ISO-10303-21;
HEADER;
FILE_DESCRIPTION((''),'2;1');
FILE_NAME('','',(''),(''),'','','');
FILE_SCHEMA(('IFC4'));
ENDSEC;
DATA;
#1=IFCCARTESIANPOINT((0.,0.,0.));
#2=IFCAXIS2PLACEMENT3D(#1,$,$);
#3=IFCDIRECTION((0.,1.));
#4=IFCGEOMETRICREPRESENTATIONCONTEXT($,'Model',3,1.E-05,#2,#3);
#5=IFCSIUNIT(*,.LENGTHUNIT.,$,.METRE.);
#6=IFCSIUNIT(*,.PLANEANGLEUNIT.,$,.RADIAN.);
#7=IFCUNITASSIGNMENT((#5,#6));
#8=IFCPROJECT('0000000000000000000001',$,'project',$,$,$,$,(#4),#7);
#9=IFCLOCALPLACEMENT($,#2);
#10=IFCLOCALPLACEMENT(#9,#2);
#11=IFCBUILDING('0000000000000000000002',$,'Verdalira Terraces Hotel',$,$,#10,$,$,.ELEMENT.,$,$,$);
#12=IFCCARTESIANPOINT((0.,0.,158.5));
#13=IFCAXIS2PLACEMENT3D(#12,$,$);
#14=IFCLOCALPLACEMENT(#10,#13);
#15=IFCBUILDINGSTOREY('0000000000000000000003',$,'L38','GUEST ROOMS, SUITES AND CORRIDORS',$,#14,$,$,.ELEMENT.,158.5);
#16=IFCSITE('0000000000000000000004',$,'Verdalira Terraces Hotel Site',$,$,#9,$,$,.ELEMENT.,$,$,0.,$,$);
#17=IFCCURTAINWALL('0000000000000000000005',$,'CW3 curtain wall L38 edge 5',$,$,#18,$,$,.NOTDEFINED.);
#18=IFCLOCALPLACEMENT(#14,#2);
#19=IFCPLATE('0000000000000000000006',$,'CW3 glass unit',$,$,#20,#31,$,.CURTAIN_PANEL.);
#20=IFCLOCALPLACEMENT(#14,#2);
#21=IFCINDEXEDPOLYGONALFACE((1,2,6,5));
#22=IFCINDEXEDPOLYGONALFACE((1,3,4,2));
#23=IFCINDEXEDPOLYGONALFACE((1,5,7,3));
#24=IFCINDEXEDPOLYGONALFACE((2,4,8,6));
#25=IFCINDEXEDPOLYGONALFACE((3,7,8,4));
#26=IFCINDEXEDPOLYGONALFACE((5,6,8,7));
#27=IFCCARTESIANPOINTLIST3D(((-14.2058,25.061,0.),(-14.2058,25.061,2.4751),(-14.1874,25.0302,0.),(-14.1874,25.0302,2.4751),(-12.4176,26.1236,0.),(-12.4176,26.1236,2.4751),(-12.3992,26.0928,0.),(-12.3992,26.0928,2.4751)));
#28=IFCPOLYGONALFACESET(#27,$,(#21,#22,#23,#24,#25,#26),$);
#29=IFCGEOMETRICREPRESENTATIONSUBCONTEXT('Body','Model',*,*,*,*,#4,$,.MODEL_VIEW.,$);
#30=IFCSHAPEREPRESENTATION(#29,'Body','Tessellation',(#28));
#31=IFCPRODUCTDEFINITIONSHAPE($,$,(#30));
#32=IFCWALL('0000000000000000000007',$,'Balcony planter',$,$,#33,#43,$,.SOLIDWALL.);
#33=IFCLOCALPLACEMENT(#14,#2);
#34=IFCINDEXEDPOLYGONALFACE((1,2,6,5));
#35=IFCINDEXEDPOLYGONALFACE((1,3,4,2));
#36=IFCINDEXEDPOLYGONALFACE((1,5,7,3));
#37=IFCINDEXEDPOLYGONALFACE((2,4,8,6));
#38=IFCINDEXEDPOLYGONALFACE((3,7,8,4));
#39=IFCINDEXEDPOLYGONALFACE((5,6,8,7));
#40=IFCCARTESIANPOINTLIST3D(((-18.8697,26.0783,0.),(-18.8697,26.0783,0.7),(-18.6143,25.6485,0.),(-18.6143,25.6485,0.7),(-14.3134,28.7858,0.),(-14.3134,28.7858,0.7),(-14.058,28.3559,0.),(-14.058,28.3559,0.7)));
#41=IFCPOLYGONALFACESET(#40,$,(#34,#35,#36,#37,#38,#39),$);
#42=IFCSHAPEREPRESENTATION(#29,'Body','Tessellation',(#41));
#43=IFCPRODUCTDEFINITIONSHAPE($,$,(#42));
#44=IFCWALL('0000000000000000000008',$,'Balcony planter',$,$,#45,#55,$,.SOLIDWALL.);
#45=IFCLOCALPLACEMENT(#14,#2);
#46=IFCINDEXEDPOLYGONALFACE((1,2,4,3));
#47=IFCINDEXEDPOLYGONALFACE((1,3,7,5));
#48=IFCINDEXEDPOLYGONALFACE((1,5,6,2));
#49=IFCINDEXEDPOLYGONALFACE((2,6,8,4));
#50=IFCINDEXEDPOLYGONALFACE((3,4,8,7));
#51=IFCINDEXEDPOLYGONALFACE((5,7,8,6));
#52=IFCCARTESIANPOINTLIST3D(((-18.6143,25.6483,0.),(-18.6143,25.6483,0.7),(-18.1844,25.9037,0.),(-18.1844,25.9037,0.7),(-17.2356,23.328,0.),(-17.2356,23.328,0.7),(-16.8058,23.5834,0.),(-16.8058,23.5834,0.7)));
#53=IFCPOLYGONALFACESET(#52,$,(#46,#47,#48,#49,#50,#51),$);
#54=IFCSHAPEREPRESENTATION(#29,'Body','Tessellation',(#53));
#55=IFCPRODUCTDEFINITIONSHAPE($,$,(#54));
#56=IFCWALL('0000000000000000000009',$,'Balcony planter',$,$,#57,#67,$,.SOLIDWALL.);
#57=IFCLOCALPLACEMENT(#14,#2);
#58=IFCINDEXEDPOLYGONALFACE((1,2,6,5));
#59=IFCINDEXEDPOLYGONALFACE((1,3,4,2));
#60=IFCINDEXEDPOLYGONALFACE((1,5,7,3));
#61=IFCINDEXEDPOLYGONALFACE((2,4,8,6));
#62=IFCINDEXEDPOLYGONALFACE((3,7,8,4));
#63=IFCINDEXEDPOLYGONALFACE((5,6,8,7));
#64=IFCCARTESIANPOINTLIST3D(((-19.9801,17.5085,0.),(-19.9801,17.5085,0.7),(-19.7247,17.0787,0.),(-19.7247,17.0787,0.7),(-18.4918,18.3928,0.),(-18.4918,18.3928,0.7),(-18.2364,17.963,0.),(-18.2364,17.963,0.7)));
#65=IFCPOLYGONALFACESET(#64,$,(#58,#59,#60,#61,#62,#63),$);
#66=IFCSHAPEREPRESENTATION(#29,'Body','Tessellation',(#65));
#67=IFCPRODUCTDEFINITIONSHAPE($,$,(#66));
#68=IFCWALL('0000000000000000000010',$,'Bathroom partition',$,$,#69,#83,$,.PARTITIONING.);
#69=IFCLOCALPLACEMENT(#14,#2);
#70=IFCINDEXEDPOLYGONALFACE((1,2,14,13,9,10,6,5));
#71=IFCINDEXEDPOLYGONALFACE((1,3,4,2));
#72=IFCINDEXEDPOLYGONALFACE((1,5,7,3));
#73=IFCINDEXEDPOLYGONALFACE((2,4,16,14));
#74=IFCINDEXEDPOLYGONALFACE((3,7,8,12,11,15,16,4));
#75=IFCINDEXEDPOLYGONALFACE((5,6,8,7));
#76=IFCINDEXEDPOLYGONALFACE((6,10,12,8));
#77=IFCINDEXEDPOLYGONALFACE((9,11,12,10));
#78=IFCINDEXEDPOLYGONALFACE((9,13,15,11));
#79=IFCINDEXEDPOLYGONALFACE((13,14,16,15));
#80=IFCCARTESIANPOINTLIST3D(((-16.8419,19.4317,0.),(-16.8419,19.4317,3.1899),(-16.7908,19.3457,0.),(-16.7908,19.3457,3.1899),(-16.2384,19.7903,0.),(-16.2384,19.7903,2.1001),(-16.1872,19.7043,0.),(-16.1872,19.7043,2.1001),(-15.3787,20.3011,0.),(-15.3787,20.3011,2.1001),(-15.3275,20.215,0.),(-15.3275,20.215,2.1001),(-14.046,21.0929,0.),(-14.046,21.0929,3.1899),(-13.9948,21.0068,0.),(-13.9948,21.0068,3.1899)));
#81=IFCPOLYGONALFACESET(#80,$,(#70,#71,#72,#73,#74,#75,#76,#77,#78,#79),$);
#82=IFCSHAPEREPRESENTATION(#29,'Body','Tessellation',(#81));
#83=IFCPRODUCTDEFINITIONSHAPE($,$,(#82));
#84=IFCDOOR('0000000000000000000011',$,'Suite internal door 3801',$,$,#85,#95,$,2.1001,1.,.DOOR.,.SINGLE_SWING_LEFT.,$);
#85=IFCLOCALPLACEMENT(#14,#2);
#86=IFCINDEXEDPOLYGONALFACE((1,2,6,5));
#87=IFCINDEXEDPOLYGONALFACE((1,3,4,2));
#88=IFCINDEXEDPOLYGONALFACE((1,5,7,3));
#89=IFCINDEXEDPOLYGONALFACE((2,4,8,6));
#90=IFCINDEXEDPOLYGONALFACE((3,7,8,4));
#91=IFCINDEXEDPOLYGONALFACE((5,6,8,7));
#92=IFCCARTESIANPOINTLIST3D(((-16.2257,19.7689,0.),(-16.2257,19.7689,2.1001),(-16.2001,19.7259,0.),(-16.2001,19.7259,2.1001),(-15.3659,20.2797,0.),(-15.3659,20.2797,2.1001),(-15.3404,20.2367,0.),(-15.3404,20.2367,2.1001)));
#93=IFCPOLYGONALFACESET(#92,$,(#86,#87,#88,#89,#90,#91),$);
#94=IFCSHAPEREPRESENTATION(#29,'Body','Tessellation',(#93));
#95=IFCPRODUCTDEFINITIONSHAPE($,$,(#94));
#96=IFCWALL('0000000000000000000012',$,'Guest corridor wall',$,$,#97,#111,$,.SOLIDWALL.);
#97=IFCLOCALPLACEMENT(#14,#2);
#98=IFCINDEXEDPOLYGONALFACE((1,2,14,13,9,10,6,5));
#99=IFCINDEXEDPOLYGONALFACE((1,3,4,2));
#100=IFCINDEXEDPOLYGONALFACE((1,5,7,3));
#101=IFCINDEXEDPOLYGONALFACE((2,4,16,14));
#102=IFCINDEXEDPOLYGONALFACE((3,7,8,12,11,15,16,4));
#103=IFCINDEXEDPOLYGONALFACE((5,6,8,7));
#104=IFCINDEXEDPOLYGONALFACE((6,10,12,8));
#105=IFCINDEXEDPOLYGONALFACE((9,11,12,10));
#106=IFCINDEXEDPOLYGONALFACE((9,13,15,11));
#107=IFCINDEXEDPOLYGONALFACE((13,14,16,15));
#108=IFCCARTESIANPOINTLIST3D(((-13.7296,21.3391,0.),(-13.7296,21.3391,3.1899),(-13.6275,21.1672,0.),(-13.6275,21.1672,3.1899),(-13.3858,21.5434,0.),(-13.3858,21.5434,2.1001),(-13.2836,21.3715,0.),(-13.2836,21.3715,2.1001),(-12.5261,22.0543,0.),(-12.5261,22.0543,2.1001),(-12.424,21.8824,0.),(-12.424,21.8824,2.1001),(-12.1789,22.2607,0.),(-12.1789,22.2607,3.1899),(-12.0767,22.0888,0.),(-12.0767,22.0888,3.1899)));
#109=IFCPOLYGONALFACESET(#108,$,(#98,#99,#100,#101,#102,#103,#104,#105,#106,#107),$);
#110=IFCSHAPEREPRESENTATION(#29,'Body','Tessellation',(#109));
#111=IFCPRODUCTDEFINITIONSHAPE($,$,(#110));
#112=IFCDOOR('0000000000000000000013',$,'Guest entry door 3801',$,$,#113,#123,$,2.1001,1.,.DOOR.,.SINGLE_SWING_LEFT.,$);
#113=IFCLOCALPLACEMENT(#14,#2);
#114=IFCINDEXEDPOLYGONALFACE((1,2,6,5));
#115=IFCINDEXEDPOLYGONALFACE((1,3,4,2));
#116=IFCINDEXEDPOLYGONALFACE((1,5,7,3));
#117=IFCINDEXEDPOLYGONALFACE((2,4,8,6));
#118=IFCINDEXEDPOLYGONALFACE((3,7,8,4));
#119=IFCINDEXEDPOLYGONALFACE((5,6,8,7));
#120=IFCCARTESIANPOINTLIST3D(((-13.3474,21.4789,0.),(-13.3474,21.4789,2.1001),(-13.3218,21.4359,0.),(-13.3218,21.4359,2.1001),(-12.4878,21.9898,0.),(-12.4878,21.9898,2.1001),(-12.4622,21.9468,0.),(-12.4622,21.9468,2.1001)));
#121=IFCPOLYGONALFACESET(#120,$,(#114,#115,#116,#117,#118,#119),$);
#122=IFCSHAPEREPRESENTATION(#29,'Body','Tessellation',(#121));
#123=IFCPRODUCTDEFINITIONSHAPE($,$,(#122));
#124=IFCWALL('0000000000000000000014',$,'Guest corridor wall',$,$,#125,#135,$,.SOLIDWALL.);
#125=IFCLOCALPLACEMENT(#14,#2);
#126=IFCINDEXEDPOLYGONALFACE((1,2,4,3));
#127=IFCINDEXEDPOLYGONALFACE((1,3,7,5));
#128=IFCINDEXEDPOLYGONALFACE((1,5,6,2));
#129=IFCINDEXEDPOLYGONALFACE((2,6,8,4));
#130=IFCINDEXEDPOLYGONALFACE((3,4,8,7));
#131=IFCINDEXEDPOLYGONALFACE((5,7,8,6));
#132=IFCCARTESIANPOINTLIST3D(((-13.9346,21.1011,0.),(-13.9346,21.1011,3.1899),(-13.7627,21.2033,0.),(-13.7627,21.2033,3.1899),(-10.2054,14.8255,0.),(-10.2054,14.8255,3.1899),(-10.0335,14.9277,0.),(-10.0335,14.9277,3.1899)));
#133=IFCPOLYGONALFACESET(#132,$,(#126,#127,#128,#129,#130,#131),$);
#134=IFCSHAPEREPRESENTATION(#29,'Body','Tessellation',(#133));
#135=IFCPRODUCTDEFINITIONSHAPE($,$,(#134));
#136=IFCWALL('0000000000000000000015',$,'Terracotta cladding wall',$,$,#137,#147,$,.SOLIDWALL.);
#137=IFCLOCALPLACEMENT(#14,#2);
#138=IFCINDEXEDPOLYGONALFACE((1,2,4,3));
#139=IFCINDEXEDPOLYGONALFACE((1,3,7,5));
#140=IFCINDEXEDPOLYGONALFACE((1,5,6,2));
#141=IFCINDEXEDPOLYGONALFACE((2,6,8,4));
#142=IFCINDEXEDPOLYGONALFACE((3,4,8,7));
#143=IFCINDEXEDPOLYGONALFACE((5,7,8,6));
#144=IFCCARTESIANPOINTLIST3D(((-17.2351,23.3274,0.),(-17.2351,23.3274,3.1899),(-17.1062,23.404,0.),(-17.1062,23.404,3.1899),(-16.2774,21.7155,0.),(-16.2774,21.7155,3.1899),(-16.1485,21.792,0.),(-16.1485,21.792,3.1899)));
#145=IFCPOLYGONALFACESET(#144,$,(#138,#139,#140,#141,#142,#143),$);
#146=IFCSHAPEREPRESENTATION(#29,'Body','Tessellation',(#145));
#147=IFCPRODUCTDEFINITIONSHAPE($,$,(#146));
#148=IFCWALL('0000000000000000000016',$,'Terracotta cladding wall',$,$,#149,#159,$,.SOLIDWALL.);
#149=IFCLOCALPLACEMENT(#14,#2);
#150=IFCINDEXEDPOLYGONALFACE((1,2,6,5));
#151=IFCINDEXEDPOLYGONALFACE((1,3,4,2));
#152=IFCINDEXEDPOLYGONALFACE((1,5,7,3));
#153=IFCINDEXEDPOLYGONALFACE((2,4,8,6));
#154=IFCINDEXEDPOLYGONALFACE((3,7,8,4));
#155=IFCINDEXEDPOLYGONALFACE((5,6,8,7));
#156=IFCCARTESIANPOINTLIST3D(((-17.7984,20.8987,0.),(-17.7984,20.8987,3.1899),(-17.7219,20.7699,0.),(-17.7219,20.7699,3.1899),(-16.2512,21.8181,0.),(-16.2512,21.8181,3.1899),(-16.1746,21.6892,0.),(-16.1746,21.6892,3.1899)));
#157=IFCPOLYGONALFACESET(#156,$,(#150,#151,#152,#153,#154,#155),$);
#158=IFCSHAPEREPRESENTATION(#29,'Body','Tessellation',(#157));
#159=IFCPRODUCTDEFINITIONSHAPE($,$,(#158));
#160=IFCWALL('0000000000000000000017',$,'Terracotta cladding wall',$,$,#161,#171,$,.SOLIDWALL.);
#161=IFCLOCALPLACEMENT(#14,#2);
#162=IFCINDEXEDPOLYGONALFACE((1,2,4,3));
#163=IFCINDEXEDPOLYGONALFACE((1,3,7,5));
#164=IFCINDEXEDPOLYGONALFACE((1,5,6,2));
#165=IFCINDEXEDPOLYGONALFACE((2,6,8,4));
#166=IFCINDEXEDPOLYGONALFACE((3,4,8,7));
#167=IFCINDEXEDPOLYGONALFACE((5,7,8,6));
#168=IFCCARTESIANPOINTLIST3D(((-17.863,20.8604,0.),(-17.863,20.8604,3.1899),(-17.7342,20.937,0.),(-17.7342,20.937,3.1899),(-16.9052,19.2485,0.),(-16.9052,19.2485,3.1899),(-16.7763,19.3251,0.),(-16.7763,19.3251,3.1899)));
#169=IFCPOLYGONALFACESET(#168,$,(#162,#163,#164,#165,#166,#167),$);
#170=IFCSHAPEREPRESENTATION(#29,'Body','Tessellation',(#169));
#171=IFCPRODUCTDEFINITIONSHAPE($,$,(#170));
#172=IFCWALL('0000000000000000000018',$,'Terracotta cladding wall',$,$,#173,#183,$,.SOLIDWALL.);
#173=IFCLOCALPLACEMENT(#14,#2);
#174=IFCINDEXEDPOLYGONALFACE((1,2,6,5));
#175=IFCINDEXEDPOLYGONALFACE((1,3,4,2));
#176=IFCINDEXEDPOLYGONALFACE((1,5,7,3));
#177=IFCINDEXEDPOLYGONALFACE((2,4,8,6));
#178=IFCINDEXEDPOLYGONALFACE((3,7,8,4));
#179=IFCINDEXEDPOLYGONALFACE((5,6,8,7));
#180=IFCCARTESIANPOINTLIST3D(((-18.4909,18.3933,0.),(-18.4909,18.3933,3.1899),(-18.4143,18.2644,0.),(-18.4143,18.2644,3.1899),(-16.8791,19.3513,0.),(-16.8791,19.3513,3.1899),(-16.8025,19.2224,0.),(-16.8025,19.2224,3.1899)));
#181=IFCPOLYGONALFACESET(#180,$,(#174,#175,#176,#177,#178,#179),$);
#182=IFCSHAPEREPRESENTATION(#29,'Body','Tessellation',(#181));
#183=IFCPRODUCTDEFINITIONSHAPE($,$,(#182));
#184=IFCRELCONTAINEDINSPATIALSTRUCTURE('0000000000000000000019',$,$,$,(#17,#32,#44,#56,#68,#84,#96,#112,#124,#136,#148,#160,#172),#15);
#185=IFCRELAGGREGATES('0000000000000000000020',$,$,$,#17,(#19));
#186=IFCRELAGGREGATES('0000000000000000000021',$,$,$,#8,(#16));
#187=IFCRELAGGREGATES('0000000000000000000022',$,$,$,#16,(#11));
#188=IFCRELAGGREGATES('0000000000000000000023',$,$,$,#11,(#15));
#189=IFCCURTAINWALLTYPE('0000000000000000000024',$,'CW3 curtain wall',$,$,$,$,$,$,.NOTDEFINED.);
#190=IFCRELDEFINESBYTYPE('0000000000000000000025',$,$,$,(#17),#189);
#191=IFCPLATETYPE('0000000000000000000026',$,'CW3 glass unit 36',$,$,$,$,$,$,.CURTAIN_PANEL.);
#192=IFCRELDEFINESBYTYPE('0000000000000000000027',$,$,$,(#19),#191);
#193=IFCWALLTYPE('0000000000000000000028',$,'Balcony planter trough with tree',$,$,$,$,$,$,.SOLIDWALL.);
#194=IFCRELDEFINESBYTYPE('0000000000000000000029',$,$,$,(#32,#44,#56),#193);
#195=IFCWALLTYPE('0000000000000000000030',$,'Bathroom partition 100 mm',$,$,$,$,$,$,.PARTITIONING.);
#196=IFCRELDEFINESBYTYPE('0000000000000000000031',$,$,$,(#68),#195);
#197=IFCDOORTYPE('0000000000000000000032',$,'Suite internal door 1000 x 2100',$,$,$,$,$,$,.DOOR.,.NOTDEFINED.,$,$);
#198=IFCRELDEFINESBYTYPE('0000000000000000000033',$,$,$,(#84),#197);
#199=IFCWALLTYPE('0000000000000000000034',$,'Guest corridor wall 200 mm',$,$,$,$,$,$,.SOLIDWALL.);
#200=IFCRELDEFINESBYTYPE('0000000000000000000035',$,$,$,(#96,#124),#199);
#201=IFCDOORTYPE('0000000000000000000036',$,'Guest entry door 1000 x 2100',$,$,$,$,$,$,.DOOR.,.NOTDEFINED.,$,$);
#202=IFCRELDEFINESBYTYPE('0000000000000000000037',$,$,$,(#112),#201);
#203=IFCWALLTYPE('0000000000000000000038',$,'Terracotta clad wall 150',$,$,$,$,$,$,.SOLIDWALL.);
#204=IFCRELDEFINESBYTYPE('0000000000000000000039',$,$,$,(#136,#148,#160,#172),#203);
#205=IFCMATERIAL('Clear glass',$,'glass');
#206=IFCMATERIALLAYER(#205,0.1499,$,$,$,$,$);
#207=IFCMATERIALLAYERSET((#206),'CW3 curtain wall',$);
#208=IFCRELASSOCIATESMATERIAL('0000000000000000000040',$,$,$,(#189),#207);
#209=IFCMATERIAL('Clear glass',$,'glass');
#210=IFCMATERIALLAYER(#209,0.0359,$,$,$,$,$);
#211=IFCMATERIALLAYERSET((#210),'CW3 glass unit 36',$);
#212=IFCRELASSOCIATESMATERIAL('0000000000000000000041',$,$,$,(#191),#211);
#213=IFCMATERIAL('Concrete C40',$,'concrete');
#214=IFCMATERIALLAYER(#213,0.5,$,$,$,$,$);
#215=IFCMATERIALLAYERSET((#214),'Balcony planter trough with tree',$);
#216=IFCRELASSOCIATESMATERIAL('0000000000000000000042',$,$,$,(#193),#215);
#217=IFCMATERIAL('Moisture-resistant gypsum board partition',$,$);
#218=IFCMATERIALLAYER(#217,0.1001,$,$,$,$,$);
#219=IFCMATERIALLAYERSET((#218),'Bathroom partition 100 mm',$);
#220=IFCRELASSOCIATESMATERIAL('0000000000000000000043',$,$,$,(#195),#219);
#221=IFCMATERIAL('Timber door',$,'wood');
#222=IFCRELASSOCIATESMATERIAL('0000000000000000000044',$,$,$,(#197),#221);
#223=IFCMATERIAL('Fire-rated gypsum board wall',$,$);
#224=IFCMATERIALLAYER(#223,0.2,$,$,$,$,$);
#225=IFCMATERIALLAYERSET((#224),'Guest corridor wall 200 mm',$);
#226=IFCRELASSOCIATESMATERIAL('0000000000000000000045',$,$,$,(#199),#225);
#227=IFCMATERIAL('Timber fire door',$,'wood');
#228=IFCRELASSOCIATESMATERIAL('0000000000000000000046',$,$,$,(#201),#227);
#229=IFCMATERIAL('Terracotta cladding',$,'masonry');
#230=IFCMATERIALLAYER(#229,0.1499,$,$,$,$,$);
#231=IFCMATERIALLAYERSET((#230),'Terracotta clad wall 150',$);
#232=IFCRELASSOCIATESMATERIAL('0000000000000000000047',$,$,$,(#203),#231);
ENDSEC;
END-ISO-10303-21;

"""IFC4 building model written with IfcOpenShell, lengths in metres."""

from ifc_helpers import new_model, si_unit, direction, frame, frame_2d, origin, origin_2d, place, context, subcontext, project, spatial, rectangle, extrude, material, layer, layer_set, type_object, element, fill, aggregate, save


model = new_model("IFC4")

# Units and contexts
model_context = context("Model", 3, precision=1e-05, world=origin(), true_north=direction((0.0, 1.0)))
body_context = subcontext(model_context, "Body", "Model", "MODEL_VIEW")
ifc_project = project(units=[si_unit("LENGTHUNIT", "METRE"), si_unit("PLANEANGLEUNIT", "RADIAN")], contexts=[model_context])

# Site, building, storey
site_placement = place(None, origin())
site = spatial("IfcSite", under=ifc_project, at=site_placement, Name="Verdalira Terraces Hotel Site", CompositionType="ELEMENT", RefElevation=0.0)
building_placement = place(site_placement, origin())
building = spatial("IfcBuilding", under=site, at=building_placement, Name="Verdalira Terraces Hotel", CompositionType="ELEMENT")
storey_placement = place(building_placement, frame((0.0, 0.0, 158.5)))
storey = spatial("IfcBuildingStorey", under=building, at=storey_placement, Name="L38", Description="GUEST ROOMS, SUITES AND CORRIDORS", CompositionType="ELEMENT", Elevation=158.5)

# Curtain wall
ifc_material_1 = material(Name="Clear glass", Category="glass")
ifc_layer_1 = layer(ifc_material_1, 0.1499)
ifc_layer_set_1 = layer_set([ifc_layer_1], Name="CW3 curtain wall")
curtain_wall_type_1 = type_object("IfcCurtainWallType", Name="CW3 curtain wall", PredefinedType="NOTDEFINED", material=ifc_layer_set_1)
curtain_wall_1_placement = place(storey_placement, origin())
curtain_wall_1 = element("IfcCurtainWall", 1, at=curtain_wall_1_placement, inside=storey, type_object=curtain_wall_type_1, Name="CW3 curtain wall L38 edge 5", PredefinedType="NOTDEFINED")

# Plate
ifc_material_2 = material(Name="Clear glass", Category="glass")
ifc_layer_2 = layer(ifc_material_2, 0.0359)
ifc_layer_set_2 = layer_set([ifc_layer_2], Name="CW3 glass unit 36")
plate_type_1 = type_object("IfcPlateType", Name="CW3 glass unit 36", PredefinedType="CURTAIN_PANEL", material=ifc_layer_set_2)
plate_1_placement = place(storey_placement, frame((-13.3025, 25.5769, 0.0), z_axis=(0.0, 0.0, 1.0), x_axis=(-0.859674, -0.510843, 0.0)))
plate_1 = element("IfcPlate", 2, at=plate_1_placement, type_object=plate_type_1, Name="CW3 glass unit", PredefinedType="CURTAIN_PANEL", context=body_context, shape_type="SweptSolid", body=[
    extrude(rectangle(XDim=2.0801, YDim=0.0359, at=origin_2d()), origin(), (0.0, 0.0, 1.0), 2.4751),
])
aggregate(curtain_wall_1, [plate_1])

# Walls
ifc_material_3 = material(Name="Concrete C40", Category="concrete")
ifc_layer_3 = layer(ifc_material_3, 0.5)
ifc_layer_set_3 = layer_set([ifc_layer_3], Name="Balcony planter trough with tree")
wall_type_1 = type_object("IfcWallType", Name="Balcony planter trough with tree", PredefinedType="SOLIDWALL", material=ifc_layer_set_3)
wall_1_placement = place(storey_placement, frame((-14.1858, 28.5708, 0.0), z_axis=(0.0, 0.0, 1.0), x_axis=(-0.859676, -0.51084, 0.0)))
element("IfcWall", 3, at=wall_1_placement, inside=storey, type_object=wall_type_1, Name="Balcony planter", PredefinedType="SOLIDWALL", context=body_context, shape_type="SweptSolid", body=[
    extrude(rectangle(XDim=5.3, YDim=0.5, at=frame_2d((2.6499, 0.0))), origin(), (0.0, 0.0, 1.0), 0.7),
])
wall_2_placement = place(storey_placement, frame((-18.3994, 25.7761, 0.0), z_axis=(0.0, 0.0, 1.0), x_axis=(0.510806, -0.859696, 0.0)))
element("IfcWall", 4, at=wall_2_placement, inside=storey, type_object=wall_type_1, Name="Balcony planter", PredefinedType="SOLIDWALL", context=body_context, shape_type="SweptSolid", body=[
    extrude(rectangle(XDim=2.699, YDim=0.5, at=frame_2d((1.3496, 0.0))), origin(), (0.0, 0.0, 1.0), 0.7),
])
wall_3_placement = place(storey_placement, frame((-18.364, 18.178, 0.0), z_axis=(0.0, 0.0, 1.0), x_axis=(-0.8597, -0.510799, 0.0)))
element("IfcWall", 5, at=wall_3_placement, inside=storey, type_object=wall_type_1, Name="Balcony planter", PredefinedType="SOLIDWALL", context=body_context, shape_type="SweptSolid", body=[
    extrude(rectangle(XDim=1.7312, YDim=0.5, at=frame_2d((0.8657, 0.0))), origin(), (0.0, 0.0, 1.0), 0.7),
])

# Walls, openings, doors
ifc_material_4 = material(Name="Moisture-resistant gypsum board partition")
ifc_layer_4 = layer(ifc_material_4, 0.1001)
ifc_layer_set_4 = layer_set([ifc_layer_4], Name="Bathroom partition 100 mm")
wall_type_2 = type_object("IfcWallType", Name="Bathroom partition 100 mm", PredefinedType="PARTITIONING", material=ifc_layer_set_4)
wall_4_placement = place(storey_placement, frame((-14.0205, 21.0498, 0.0), z_axis=(0.0, 0.0, 1.0), x_axis=(-0.859711, -0.510782, 0.0)))
wall_4 = element("IfcWall", 6, at=wall_4_placement, inside=storey, type_object=wall_type_2, Name="Bathroom partition", PredefinedType="PARTITIONING", context=body_context, shape_type="SweptSolid", body=[
    extrude(rectangle(XDim=3.2522, YDim=0.1001, at=frame_2d((1.626, 0.0))), origin(), (0.0, 0.0, 1.0), 3.1899),
])
opening_1_placement = place(wall_4_placement, frame((1.55, 0.0, 0.0)))
opening_1 = element("IfcOpeningElement", 7, at=opening_1_placement, cuts=wall_4, PredefinedType="OPENING", context=body_context, shape_type="SweptSolid", body=[
    extrude(rectangle(XDim=1.0, YDim=2.1001, at=frame_2d((0.5, 1.05))), frame((0.0, 0.0601, 0.0), z_axis=(0.0, -1.0, 0.0), x_axis=(1.0, 0.0, 0.0)), (0.0, 0.0, 1.0), 0.1201),
])
ifc_material_5 = material(Name="Timber door", Category="wood")
door_type_1 = type_object("IfcDoorType", Name="Suite internal door 1000 x 2100", OperationType="NOTDEFINED", PredefinedType="DOOR", material=ifc_material_5)
door_1_placement = place(opening_1_placement, origin())
door_1 = element("IfcDoor", 8, at=door_1_placement, inside=storey, type_object=door_type_1, Name="Suite internal door 3801", OperationType="SINGLE_SWING_LEFT", OverallHeight=2.1001, OverallWidth=1.0, PredefinedType="DOOR", context=body_context, shape_type="SweptSolid", body=[
    extrude(rectangle(XDim=1.0, YDim=2.1001, at=frame_2d((0.5, 1.05))), frame((0.0, 0.0249, 0.0), z_axis=(0.0, -1.0, 0.0), x_axis=(1.0, 0.0, 0.0)), (0.0, 0.0, 1.0), 0.05),
])
fill(opening_1, door_1)
ifc_material_6 = material(Name="Fire-rated gypsum board wall")
ifc_layer_5 = layer(ifc_material_6, 0.2)
ifc_layer_set_5 = layer_set([ifc_layer_5], Name="Guest corridor wall 200 mm")
wall_type_3 = type_object("IfcWallType", Name="Guest corridor wall 200 mm", PredefinedType="SOLIDWALL", material=ifc_layer_set_5)
wall_5_placement = place(storey_placement, frame((-13.6785, 21.2532, 0.0), z_axis=(0.0, 0.0, 1.0), x_axis=(0.859647, 0.510889, 0.0)))
wall_5 = element("IfcWall", 9, at=wall_5_placement, inside=storey, type_object=wall_type_3, Name="Guest corridor wall", PredefinedType="SOLIDWALL", context=body_context, shape_type="SweptSolid", body=[
    extrude(rectangle(XDim=1.804, YDim=0.2, at=frame_2d((0.9019, 0.0))), origin(), (0.0, 0.0, 1.0), 3.1899),
])
opening_2_placement = place(wall_5_placement, frame((0.3999, 0.0, 0.0)))
opening_2 = element("IfcOpeningElement", 10, at=opening_2_placement, cuts=wall_5, PredefinedType="OPENING", context=body_context, shape_type="SweptSolid", body=[
    extrude(rectangle(XDim=1.0, YDim=2.1001, at=frame_2d((0.5, 1.05))), frame((0.0, 0.1099, 0.0), z_axis=(0.0, -1.0, 0.0), x_axis=(1.0, 0.0, 0.0)), (0.0, 0.0, 1.0), 0.22),
])
ifc_material_7 = material(Name="Timber fire door", Category="wood")
door_type_2 = type_object("IfcDoorType", Name="Guest entry door 1000 x 2100", OperationType="NOTDEFINED", PredefinedType="DOOR", material=ifc_material_7)
door_2_placement = place(opening_2_placement, origin())
door_2 = element("IfcDoor", 11, at=door_2_placement, inside=storey, type_object=door_type_2, Name="Guest entry door 3801", OperationType="SINGLE_SWING_LEFT", OverallHeight=2.1001, OverallWidth=1.0, PredefinedType="DOOR", context=body_context, shape_type="SweptSolid", body=[
    extrude(rectangle(XDim=1.0, YDim=2.1001, at=frame_2d((0.5, 1.05))), frame((0.0, 0.0249, 0.0), z_axis=(0.0, -1.0, 0.0), x_axis=(1.0, 0.0, 0.0)), (0.0, 0.0, 1.0), 0.05),
])
fill(opening_2, door_2)

# Walls
wall_6_placement = place(storey_placement, frame((-13.8486, 21.1521, 0.0), z_axis=(0.0, 0.0, 1.0), x_axis=(0.510852, -0.859669, 0.0)))
element("IfcWall", 12, at=wall_6_placement, inside=storey, type_object=wall_type_3, Name="Guest corridor wall", PredefinedType="SOLIDWALL", context=body_context, shape_type="SweptSolid", body=[
    extrude(rectangle(XDim=7.3, YDim=0.2, at=frame_2d((3.6499, 0.0))), origin(), (0.0, 0.0, 1.0), 3.1899),
])
ifc_material_8 = material(Name="Terracotta cladding", Category="masonry")
ifc_layer_6 = layer(ifc_material_8, 0.1499)
ifc_layer_set_6 = layer_set([ifc_layer_6], Name="Terracotta clad wall 150")
wall_type_4 = type_object("IfcWallType", Name="Terracotta clad wall 150", PredefinedType="SOLIDWALL", material=ifc_layer_set_6)
wall_7_placement = place(storey_placement, frame((-17.1707, 23.3657, 0.0), z_axis=(0.0, 0.0, 1.0), x_axis=(0.510776, -0.859714, 0.0)))
element("IfcWall", 13, at=wall_7_placement, inside=storey, type_object=wall_type_4, Name="Terracotta cladding wall", PredefinedType="SOLIDWALL", context=body_context, shape_type="SweptSolid", body=[
    extrude(rectangle(XDim=1.875, YDim=0.1499, at=frame_2d((0.9375, 0.0))), origin(), (0.0, 0.0, 1.0), 3.1899),
])
wall_8_placement = place(storey_placement, frame((-16.2129, 21.7537, 0.0), z_axis=(0.0, 0.0, 1.0), x_axis=(-0.859687, -0.510821, 0.0)))
element("IfcWall", 14, at=wall_8_placement, inside=storey, type_object=wall_type_4, Name="Terracotta cladding wall", PredefinedType="SOLIDWALL", context=body_context, shape_type="SweptSolid", body=[
    extrude(rectangle(XDim=1.7998, YDim=0.1499, at=frame_2d((0.8999, 0.0))), origin(), (0.0, 0.0, 1.0), 3.1899),
])
for number, where, z_axis, x_axis, name in (
    (15, (-17.7986, 20.8987, 0.0), (0.0, 0.0, 1.0), (0.510834, -0.85968, 0.0), "Terracotta cladding wall"),
    (16, (-16.8408, 19.2869, 0.0), (0.0, 0.0, 1.0), (-0.859622, -0.51093, 0.0), "Terracotta cladding wall"),
):
    element("IfcWall", number, at=place(storey_placement, frame(where, z_axis=z_axis, x_axis=x_axis)), inside=storey, type_object=wall_type_4, Name=name, PredefinedType="SOLIDWALL", context=body_context, shape_type="SweptSolid", body=[
        extrude(rectangle(XDim=1.875, YDim=0.1499, at=frame_2d((0.9375, 0.0))), origin(), (0.0, 0.0, 1.0), 3.1899),
    ])

save(model, "model.ifc")
